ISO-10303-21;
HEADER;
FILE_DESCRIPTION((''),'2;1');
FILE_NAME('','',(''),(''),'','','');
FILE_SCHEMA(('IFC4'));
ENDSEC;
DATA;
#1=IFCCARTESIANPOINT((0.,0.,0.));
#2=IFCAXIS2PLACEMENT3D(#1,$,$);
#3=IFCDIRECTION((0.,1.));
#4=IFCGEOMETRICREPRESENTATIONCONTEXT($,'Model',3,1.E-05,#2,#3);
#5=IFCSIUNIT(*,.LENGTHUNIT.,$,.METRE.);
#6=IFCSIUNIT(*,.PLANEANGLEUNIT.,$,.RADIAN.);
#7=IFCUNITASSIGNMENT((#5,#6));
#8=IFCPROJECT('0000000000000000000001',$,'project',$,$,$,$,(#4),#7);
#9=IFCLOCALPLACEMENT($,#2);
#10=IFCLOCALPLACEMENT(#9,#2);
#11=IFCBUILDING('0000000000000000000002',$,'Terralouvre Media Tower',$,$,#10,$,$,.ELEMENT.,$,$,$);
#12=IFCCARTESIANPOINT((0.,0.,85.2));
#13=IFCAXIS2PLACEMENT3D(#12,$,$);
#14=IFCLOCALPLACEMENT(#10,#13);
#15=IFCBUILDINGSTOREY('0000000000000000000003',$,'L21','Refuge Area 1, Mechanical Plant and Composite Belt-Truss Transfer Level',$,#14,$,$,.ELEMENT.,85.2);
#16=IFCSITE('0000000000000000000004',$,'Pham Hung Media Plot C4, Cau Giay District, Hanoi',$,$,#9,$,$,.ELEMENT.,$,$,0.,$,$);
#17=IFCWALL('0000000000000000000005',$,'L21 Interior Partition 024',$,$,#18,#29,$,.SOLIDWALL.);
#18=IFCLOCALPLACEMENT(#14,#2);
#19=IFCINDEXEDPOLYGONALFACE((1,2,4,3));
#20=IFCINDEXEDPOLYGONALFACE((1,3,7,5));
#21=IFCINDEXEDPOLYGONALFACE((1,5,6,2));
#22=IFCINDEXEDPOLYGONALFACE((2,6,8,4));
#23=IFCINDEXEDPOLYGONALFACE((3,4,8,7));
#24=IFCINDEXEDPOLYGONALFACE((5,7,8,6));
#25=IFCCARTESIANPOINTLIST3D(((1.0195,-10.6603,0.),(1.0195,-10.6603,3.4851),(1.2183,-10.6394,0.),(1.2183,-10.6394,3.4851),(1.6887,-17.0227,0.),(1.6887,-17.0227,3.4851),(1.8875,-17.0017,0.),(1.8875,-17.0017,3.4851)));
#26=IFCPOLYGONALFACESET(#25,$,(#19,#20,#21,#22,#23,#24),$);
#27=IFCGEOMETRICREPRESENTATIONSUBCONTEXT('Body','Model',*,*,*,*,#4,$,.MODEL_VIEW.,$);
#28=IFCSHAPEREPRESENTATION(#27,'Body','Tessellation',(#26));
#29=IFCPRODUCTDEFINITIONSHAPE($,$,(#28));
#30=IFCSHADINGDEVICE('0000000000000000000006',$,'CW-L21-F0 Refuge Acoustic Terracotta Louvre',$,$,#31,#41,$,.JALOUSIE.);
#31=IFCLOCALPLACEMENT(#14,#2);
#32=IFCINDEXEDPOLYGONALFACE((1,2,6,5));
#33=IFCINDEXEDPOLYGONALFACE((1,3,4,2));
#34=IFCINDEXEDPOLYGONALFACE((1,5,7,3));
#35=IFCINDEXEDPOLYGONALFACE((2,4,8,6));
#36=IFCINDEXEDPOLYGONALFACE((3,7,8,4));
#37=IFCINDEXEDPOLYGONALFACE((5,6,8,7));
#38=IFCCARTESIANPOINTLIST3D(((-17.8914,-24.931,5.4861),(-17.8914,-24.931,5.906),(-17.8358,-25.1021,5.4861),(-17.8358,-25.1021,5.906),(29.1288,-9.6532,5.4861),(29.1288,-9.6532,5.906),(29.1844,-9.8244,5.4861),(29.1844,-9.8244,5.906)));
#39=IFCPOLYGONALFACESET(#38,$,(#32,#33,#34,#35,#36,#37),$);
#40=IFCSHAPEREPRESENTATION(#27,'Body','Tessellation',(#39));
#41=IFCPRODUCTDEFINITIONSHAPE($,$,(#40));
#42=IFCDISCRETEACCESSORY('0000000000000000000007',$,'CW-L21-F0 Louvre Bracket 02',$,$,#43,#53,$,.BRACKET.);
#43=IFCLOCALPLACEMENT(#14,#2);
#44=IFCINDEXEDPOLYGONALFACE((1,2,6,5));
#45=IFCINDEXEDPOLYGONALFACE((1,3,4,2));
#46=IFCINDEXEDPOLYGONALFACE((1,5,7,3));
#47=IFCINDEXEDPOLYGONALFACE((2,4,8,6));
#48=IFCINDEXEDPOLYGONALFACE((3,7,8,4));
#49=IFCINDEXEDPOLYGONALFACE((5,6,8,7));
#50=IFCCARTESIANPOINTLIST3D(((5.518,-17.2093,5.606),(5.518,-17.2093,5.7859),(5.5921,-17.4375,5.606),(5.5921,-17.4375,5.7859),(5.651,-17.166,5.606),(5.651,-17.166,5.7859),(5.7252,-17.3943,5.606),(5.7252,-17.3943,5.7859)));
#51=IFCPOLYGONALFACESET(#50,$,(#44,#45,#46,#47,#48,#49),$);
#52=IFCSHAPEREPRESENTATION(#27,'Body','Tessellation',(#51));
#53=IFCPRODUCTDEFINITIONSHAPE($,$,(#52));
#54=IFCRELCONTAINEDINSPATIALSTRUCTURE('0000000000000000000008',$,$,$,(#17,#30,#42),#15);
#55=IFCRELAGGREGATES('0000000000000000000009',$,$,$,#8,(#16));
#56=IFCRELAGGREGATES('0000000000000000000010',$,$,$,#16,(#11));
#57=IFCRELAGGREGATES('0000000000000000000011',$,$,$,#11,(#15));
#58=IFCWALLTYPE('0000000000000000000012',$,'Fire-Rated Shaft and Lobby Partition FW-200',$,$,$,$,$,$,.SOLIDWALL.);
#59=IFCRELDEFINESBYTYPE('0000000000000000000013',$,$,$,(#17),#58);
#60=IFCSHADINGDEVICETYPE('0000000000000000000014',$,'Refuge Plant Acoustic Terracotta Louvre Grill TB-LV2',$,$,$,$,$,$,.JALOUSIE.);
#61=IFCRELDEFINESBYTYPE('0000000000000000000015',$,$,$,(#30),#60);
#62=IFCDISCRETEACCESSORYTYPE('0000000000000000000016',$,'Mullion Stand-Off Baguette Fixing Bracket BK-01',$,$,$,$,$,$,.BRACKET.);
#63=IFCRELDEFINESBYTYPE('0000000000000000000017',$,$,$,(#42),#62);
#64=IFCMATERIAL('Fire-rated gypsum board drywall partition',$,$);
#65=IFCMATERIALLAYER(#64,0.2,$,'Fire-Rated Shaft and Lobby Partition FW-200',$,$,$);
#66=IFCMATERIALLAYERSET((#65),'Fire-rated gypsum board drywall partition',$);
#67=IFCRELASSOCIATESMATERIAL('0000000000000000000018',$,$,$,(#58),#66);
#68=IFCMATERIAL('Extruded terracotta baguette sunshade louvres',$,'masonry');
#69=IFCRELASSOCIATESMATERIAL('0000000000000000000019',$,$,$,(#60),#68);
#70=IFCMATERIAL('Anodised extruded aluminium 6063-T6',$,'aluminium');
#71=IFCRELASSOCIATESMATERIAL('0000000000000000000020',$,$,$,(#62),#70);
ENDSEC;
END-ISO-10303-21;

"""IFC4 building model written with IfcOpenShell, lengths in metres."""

from ifc_helpers import new_model, si_unit, direction, frame, frame_2d, origin, origin_2d, place, context, subcontext, project, spatial, rectangle, extrude, material, layer, layer_set, type_object, element, save


model = new_model("IFC4")

# Units and contexts
model_context = context("Model", 3, precision=1e-05, world=origin(), true_north=direction((0.0, 1.0)))
body_context = subcontext(model_context, "Body", "Model", "MODEL_VIEW")
ifc_project = project(units=[si_unit("LENGTHUNIT", "METRE"), si_unit("PLANEANGLEUNIT", "RADIAN")], contexts=[model_context])

# Site, building, storey
site_placement = place(None, origin())
site = spatial("IfcSite", under=ifc_project, at=site_placement, Name="Pham Hung Media Plot C4, Cau Giay District, Hanoi", CompositionType="ELEMENT", RefElevation=0.0)
building_placement = place(site_placement, origin())
building = spatial("IfcBuilding", under=site, at=building_placement, Name="Terralouvre Media Tower", CompositionType="ELEMENT")
storey_placement = place(building_placement, frame((0.0, 0.0, 85.2)))
storey = spatial("IfcBuildingStorey", under=building, at=storey_placement, Name="L21", Description="Refuge Area 1, Mechanical Plant and Composite Belt-Truss Transfer Level", CompositionType="ELEMENT", Elevation=85.2)

# Shared definitions
ifc_material_1 = material(Name="Fire-rated gypsum board drywall partition")
ifc_layer_1 = layer(ifc_material_1, 0.2, Name="Fire-Rated Shaft and Lobby Partition FW-200")
ifc_layer_set_1 = layer_set([ifc_layer_1], Name="Fire-rated gypsum board drywall partition")
wall_type = type_object("IfcWallType", Name="Fire-Rated Shaft and Lobby Partition FW-200", PredefinedType="SOLIDWALL", material=ifc_layer_set_1)

# Wall
wall_1_placement = place(storey_placement, frame((1.7881, -17.0122, 0.0), z_axis=(0.0, 0.0, 1.0), x_axis=(-0.104603, 0.994514, 0.0)))
element("IfcWall", 1, at=wall_1_placement, inside=storey, type_object=wall_type, Name="L21 Interior Partition 024", PredefinedType="SOLIDWALL", context=body_context, shape_type="SweptSolid", body=[
    extrude(rectangle(XDim=6.3975, YDim=0.2, at=frame_2d((3.1987, 0.0))), origin(), (0.0, 0.0, 1.0), 3.4851),
])

# Shading device
ifc_material_2 = material(Name="Extruded terracotta baguette sunshade louvres", Category="masonry")
shading_device_type = type_object("IfcShadingDeviceType", Name="Refuge Plant Acoustic Terracotta Louvre Grill TB-LV2", PredefinedType="JALOUSIE", material=ifc_material_2)
shading_device_placement = place(storey_placement, frame((5.6465, -17.3777, 5.4861), z_axis=(0.0, 0.0, 1.0), x_axis=(0.951057, 0.309017, 0.0)))
element("IfcShadingDevice", 2, at=shading_device_placement, inside=storey, type_object=shading_device_type, Name="CW-L21-F0 Refuge Acoustic Terracotta Louvre", PredefinedType="JALOUSIE", context=body_context, shape_type="SweptSolid", body=[
    extrude(rectangle(XDim=49.4399, YDim=0.1799, at=origin_2d()), origin(), (0.0, 0.0, 1.0), 0.4199),
])

# Discrete accessory
ifc_material_3 = material(Name="Anodised extruded aluminium 6063-T6", Category="aluminium")
discrete_accessory_type = type_object("IfcDiscreteAccessoryType", Name="Mullion Stand-Off Baguette Fixing Bracket BK-01", PredefinedType="BRACKET", material=ifc_material_3)
discrete_accessory_placement = place(storey_placement, frame((5.6216, -17.3018, 5.606), z_axis=(0.0, 0.0, 1.0), x_axis=(0.951057, 0.309017, 0.0)))
element("IfcDiscreteAccessory", 3, at=discrete_accessory_placement, inside=storey, type_object=discrete_accessory_type, Name="CW-L21-F0 Louvre Bracket 02", PredefinedType="BRACKET", context=body_context, shape_type="SweptSolid", body=[
    extrude(rectangle(XDim=0.1399, YDim=0.24, at=origin_2d()), origin(), (0.0, 0.0, 1.0), 0.1799),
])

save(model, "model.ifc")
